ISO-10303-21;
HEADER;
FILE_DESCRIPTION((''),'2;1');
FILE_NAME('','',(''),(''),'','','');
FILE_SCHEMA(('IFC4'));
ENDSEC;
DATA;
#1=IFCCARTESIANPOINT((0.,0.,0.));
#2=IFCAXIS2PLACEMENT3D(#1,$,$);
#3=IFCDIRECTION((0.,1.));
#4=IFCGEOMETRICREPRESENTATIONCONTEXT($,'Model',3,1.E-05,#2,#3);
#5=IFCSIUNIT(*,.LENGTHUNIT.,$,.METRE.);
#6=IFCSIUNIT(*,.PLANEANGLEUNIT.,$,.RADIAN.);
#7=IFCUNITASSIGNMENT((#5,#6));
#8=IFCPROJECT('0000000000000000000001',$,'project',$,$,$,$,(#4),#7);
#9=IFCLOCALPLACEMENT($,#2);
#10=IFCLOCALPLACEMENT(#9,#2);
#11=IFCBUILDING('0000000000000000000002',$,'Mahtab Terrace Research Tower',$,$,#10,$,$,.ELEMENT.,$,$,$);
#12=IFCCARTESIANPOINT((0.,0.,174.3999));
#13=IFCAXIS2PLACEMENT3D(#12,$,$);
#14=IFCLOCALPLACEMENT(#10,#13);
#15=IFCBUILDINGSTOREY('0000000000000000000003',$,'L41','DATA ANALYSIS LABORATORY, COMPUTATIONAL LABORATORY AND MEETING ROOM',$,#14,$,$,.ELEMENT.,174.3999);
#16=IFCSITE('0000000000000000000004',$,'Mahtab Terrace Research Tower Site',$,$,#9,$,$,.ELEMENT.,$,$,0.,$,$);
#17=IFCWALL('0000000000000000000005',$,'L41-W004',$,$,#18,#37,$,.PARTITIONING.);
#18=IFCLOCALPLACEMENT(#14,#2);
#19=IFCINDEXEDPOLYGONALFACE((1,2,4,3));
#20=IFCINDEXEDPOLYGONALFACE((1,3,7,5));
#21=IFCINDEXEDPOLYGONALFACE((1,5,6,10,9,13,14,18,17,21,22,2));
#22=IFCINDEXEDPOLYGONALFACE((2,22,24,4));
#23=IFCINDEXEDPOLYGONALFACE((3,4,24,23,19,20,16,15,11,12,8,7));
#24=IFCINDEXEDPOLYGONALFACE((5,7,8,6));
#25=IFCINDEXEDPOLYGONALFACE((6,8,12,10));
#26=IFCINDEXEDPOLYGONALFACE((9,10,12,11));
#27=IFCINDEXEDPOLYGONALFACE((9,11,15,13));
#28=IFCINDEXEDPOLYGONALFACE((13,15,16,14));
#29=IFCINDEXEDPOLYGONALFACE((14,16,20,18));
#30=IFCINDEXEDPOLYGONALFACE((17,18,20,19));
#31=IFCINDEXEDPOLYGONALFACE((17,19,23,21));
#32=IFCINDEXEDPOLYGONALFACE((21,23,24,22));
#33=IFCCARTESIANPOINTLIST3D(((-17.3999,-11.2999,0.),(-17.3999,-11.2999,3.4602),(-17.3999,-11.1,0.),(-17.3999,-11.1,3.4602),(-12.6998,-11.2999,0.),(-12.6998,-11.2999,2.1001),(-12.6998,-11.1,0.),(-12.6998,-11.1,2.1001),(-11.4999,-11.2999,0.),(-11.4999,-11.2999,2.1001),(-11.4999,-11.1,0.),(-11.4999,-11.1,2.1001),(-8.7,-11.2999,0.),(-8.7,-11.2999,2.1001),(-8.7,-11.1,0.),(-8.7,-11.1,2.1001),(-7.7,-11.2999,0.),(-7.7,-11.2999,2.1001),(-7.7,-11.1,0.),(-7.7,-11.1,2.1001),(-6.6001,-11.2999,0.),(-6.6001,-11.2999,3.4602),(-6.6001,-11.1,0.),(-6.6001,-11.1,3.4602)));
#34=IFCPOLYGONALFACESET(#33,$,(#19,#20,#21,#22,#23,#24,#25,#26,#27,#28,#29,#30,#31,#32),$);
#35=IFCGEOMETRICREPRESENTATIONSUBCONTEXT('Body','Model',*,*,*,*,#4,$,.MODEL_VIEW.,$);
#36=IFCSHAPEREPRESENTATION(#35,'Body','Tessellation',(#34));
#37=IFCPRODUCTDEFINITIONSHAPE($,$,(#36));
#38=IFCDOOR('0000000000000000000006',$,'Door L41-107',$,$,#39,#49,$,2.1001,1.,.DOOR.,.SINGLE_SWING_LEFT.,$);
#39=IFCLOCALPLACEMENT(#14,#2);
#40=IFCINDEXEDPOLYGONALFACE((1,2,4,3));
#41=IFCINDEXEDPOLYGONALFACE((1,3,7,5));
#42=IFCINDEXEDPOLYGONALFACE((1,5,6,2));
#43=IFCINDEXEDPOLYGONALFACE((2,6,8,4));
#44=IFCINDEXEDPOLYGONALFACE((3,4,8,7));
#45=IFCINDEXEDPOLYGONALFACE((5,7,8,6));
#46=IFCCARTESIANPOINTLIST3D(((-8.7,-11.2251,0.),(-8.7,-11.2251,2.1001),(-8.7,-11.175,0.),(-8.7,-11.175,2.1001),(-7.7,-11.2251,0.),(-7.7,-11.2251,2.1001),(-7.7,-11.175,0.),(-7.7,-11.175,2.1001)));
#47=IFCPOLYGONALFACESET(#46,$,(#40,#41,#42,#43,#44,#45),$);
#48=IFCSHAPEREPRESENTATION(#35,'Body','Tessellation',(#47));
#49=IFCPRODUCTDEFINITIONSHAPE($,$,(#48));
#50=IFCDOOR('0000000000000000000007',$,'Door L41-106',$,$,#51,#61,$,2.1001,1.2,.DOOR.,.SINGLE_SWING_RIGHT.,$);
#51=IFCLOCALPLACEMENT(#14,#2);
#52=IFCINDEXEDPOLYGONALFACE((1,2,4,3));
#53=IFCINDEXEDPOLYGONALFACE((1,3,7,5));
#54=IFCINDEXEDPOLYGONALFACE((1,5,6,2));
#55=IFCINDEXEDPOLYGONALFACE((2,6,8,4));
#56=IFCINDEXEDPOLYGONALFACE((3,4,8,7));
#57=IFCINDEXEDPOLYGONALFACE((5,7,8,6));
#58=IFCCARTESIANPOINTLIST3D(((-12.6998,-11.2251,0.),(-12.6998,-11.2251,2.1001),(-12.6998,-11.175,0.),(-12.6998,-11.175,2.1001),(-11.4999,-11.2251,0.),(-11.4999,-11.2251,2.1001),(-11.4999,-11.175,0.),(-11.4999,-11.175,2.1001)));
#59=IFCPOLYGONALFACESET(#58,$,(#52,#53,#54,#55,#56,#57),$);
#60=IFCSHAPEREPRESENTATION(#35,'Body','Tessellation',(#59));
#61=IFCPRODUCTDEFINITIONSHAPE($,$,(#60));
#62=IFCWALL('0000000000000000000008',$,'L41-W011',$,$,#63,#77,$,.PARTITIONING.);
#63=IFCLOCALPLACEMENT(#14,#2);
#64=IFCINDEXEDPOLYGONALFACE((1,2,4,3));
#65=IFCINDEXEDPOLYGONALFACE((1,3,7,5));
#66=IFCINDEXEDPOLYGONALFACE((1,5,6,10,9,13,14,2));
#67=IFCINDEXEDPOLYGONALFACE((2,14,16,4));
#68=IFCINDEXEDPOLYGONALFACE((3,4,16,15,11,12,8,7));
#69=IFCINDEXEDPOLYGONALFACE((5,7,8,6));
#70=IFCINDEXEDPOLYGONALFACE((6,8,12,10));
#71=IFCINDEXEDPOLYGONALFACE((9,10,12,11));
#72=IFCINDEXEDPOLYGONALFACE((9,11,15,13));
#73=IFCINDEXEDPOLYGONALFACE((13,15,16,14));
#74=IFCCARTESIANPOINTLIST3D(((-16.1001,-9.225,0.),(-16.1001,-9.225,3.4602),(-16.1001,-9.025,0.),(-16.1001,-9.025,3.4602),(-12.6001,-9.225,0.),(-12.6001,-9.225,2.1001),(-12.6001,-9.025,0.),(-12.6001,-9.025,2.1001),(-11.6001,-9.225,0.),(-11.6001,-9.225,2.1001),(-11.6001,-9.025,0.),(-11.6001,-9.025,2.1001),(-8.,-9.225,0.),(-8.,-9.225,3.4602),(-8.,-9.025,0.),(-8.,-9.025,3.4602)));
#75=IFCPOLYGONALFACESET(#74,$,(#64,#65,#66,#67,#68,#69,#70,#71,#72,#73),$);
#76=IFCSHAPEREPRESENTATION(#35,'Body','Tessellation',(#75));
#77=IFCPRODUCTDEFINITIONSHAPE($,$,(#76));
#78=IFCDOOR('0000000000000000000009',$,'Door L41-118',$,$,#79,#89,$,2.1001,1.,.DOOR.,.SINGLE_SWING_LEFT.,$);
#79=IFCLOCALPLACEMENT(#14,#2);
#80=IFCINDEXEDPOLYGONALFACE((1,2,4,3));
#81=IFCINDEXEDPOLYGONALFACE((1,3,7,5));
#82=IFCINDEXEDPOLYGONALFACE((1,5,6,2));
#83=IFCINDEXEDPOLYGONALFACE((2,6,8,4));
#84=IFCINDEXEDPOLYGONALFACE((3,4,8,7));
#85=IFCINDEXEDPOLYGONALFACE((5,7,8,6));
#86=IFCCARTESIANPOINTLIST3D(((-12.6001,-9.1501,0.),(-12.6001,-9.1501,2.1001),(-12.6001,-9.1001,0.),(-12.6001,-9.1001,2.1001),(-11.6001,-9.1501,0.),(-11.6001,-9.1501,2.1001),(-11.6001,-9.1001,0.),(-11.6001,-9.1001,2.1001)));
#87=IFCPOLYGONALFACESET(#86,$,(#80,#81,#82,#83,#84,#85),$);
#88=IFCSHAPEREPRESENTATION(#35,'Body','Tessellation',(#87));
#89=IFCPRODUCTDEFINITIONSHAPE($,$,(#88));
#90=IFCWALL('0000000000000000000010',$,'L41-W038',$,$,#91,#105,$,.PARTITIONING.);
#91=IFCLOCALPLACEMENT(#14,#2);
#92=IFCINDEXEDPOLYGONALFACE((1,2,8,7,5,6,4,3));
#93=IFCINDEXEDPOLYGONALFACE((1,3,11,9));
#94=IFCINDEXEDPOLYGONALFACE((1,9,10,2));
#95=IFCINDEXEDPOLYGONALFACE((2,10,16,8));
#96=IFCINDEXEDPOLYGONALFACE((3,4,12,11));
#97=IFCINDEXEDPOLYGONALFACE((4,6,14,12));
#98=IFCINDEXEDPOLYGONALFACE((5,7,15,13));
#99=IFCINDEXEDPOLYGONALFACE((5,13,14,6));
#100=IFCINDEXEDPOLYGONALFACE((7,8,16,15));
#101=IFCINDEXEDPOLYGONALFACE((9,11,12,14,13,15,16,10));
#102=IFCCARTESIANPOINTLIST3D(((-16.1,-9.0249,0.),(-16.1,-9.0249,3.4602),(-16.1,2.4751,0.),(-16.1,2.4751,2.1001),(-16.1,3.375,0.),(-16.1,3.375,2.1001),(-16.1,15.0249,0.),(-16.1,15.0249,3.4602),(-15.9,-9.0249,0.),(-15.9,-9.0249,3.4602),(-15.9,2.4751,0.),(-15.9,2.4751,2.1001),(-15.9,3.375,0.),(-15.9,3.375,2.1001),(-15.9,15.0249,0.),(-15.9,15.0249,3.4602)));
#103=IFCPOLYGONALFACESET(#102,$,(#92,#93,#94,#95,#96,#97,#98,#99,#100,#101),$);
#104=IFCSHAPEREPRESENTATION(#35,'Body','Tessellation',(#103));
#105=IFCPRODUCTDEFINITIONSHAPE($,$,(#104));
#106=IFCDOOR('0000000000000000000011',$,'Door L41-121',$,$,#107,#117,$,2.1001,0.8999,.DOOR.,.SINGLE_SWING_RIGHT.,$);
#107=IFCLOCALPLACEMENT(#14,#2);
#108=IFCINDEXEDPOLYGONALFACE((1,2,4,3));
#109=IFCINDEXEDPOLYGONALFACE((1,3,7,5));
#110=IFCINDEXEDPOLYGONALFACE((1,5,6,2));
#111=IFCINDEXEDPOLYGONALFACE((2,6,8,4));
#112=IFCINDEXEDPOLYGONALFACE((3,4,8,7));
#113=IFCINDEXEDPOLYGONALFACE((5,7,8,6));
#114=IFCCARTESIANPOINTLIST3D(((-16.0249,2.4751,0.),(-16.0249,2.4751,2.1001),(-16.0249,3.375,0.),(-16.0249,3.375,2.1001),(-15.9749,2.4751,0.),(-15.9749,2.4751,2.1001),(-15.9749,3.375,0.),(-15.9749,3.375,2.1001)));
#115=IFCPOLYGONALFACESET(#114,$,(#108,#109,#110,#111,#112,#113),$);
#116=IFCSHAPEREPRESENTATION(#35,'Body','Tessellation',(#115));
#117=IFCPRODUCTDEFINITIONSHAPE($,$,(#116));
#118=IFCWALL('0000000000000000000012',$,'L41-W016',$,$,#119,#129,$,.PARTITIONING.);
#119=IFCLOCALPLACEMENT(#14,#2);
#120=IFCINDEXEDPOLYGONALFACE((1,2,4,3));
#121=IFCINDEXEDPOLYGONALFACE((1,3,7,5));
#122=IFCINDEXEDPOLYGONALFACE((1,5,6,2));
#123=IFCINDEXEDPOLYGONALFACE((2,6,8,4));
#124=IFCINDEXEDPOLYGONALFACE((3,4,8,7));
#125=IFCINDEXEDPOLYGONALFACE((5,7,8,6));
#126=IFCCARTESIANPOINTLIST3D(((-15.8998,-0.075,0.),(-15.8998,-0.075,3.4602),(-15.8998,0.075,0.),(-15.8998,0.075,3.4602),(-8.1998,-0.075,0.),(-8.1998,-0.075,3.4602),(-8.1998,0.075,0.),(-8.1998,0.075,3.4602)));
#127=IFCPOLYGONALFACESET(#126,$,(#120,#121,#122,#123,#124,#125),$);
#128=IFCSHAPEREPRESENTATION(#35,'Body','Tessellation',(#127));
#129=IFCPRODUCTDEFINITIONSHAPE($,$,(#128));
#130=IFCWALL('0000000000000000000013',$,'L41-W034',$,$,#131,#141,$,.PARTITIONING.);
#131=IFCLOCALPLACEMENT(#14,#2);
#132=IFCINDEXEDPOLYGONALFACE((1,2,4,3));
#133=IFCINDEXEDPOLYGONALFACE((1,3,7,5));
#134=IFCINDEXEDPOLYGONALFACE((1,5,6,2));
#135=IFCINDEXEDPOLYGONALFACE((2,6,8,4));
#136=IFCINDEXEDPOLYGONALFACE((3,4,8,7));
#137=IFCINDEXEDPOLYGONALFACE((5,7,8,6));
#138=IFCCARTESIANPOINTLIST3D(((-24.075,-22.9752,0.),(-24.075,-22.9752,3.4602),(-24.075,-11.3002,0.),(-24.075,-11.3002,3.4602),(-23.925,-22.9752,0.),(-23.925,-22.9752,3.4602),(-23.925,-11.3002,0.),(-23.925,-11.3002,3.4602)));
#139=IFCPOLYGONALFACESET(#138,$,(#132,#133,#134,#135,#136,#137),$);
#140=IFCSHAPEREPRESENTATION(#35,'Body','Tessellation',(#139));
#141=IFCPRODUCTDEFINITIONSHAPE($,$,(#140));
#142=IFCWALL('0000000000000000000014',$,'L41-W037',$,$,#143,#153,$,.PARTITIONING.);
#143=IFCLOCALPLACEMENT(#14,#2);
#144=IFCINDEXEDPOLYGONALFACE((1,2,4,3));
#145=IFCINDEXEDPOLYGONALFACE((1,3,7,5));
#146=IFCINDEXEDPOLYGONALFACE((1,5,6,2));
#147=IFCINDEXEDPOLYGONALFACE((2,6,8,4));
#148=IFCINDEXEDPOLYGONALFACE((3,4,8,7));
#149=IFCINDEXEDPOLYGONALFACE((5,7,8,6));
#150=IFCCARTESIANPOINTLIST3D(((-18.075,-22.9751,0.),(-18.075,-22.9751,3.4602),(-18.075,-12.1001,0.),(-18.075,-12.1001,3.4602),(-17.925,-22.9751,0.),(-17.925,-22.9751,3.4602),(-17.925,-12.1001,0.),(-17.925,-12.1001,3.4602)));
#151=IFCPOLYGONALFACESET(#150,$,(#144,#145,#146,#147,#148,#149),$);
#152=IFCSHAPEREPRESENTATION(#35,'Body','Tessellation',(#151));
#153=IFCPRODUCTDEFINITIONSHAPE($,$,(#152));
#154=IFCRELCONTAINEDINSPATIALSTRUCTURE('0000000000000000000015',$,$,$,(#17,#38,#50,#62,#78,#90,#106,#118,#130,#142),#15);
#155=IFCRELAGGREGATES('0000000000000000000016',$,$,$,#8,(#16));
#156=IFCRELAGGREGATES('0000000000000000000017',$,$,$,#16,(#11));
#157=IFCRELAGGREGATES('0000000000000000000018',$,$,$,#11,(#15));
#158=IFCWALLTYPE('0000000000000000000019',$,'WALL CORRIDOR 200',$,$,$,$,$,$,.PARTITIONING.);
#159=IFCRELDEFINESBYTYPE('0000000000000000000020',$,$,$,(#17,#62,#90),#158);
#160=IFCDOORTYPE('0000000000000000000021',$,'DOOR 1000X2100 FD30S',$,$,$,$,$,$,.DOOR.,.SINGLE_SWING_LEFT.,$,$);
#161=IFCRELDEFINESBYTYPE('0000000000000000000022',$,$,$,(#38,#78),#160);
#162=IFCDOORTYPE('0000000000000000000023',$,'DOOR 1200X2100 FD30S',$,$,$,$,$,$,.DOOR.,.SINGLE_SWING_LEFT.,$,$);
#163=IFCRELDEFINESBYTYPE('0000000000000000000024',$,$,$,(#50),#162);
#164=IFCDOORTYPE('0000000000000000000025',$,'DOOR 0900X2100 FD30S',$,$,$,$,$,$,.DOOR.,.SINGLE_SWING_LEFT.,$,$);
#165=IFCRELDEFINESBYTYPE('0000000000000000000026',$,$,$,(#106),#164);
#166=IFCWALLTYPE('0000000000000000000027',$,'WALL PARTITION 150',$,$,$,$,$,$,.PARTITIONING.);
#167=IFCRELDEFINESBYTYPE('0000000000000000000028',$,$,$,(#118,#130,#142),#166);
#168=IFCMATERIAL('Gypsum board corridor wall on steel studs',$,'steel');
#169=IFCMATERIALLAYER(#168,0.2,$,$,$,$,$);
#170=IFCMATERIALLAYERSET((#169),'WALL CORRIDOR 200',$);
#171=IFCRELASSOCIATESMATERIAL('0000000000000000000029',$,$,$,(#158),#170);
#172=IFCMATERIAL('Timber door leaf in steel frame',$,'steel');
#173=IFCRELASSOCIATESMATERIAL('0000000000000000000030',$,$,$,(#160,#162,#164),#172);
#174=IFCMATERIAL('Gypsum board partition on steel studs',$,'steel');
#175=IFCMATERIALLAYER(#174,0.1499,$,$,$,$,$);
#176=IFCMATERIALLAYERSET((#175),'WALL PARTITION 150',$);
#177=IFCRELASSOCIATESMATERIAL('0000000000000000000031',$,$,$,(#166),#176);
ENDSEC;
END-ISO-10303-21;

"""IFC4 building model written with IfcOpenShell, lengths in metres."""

from ifc_helpers import new_model, si_unit, direction, frame, frame_2d, origin, place, context, subcontext, project, spatial, rectangle, extrude, material, layer, layer_set, type_object, element, fill, save


model = new_model("IFC4")

# Units and contexts
model_context = context("Model", 3, precision=1e-05, world=origin(), true_north=direction((0.0, 1.0)))
body_context = subcontext(model_context, "Body", "Model", "MODEL_VIEW")
ifc_project = project(units=[si_unit("LENGTHUNIT", "METRE"), si_unit("PLANEANGLEUNIT", "RADIAN")], contexts=[model_context])

# Site, building, storey
site_placement = place(None, origin())
site = spatial("IfcSite", under=ifc_project, at=site_placement, Name="Mahtab Terrace Research Tower Site", CompositionType="ELEMENT", RefElevation=0.0)
building_placement = place(site_placement, origin())
building = spatial("IfcBuilding", under=site, at=building_placement, Name="Mahtab Terrace Research Tower", CompositionType="ELEMENT")
storey_placement = place(building_placement, frame((0.0, 0.0, 174.3999)))
storey = spatial("IfcBuildingStorey", under=building, at=storey_placement, Name="L41", Description="DATA ANALYSIS LABORATORY, COMPUTATIONAL LABORATORY AND MEETING ROOM", CompositionType="ELEMENT", Elevation=174.3999)

# Wall, openings, doors
ifc_material_1 = material(Name="Gypsum board corridor wall on steel studs", Category="steel")
ifc_layer_1 = layer(ifc_material_1, 0.2)
ifc_layer_set_1 = layer_set([ifc_layer_1], Name="WALL CORRIDOR 200")
wall_type_1 = type_object("IfcWallType", Name="WALL CORRIDOR 200", PredefinedType="PARTITIONING", material=ifc_layer_set_1)
wall_1_placement = place(storey_placement, frame((-17.3999, -11.2, 0.0), z_axis=(0.0, 0.0, 1.0), x_axis=(1.0, 0.0, 0.0)))
wall_1 = element("IfcWall", 1, at=wall_1_placement, inside=storey, type_object=wall_type_1, Name="L41-W004", PredefinedType="PARTITIONING", context=body_context, shape_type="SweptSolid", body=[
    extrude(rectangle(XDim=10.7998, YDim=0.2, at=frame_2d((5.3999, 0.0))), origin(), (0.0, 0.0, 1.0), 3.4602),
])
opening_1_placement = place(wall_1_placement, frame((4.7, 0.0, 0.0)))
opening_1 = element("IfcOpeningElement", 2, at=opening_1_placement, cuts=wall_1, PredefinedType="OPENING", context=body_context, shape_type="SweptSolid", body=[
    extrude(rectangle(XDim=1.2, YDim=2.1001, at=frame_2d((0.6001, 1.05))), frame((0.0, 0.1099, 0.0), z_axis=(0.0, -1.0, 0.0), x_axis=(1.0, 0.0, 0.0)), (0.0, 0.0, 1.0), 0.22),
])
opening_2_placement = place(wall_1_placement, frame((8.7, 0.0, 0.0)))
opening_2 = element("IfcOpeningElement", 3, at=opening_2_placement, cuts=wall_1, PredefinedType="OPENING", context=body_context, shape_type="SweptSolid", body=[
    extrude(rectangle(XDim=1.0, YDim=2.1001, at=frame_2d((0.5, 1.05))), frame((0.0, 0.1099, 0.0), z_axis=(0.0, -1.0, 0.0), x_axis=(1.0, 0.0, 0.0)), (0.0, 0.0, 1.0), 0.22),
])
ifc_material_2 = material(Name="Timber door leaf in steel frame", Category="steel")
door_type_1 = type_object("IfcDoorType", Name="DOOR 1000X2100 FD30S", OperationType="SINGLE_SWING_LEFT", PredefinedType="DOOR", material=ifc_material_2)
door_1_placement = place(opening_2_placement, origin())
door_1 = element("IfcDoor", 4, at=door_1_placement, inside=storey, type_object=door_type_1, Name="Door L41-107", OperationType="SINGLE_SWING_LEFT", OverallHeight=2.1001, OverallWidth=1.0, PredefinedType="DOOR", context=body_context, shape_type="SweptSolid", body=[
    extrude(rectangle(XDim=1.0, YDim=2.1001, at=frame_2d((0.5, 1.05))), frame((0.0, 0.0249, 0.0), z_axis=(0.0, -1.0, 0.0), x_axis=(1.0, 0.0, 0.0)), (0.0, 0.0, 1.0), 0.05),
])
fill(opening_2, door_1)
door_type_2 = type_object("IfcDoorType", Name="DOOR 1200X2100 FD30S", OperationType="SINGLE_SWING_LEFT", PredefinedType="DOOR", material=ifc_material_2)
door_2_placement = place(opening_1_placement, origin())
door_2 = element("IfcDoor", 5, at=door_2_placement, inside=storey, type_object=door_type_2, Name="Door L41-106", OperationType="SINGLE_SWING_RIGHT", OverallHeight=2.1001, OverallWidth=1.2, PredefinedType="DOOR", context=body_context, shape_type="SweptSolid", body=[
    extrude(rectangle(XDim=1.2, YDim=2.1001, at=frame_2d((0.6001, 1.05))), frame((0.0, 0.0249, 0.0), z_axis=(0.0, -1.0, 0.0), x_axis=(1.0, 0.0, 0.0)), (0.0, 0.0, 1.0), 0.05),
])
fill(opening_1, door_2)

# Walls, openings, doors
wall_2_placement = place(storey_placement, frame((-16.1001, -9.125, 0.0), z_axis=(0.0, 0.0, 1.0), x_axis=(1.0, 0.0, 0.0)))
wall_2 = element("IfcWall", 6, at=wall_2_placement, inside=storey, type_object=wall_type_1, Name="L41-W011", PredefinedType="PARTITIONING", context=body_context, shape_type="SweptSolid", body=[
    extrude(rectangle(XDim=8.1001, YDim=0.2, at=frame_2d((4.05, 0.0))), origin(), (0.0, 0.0, 1.0), 3.4602),
])
opening_3_placement = place(wall_2_placement, frame((3.5, 0.0, 0.0)))
opening_3 = element("IfcOpeningElement", 7, at=opening_3_placement, cuts=wall_2, PredefinedType="OPENING", context=body_context, shape_type="SweptSolid", body=[
    extrude(rectangle(XDim=1.0, YDim=2.1001, at=frame_2d((0.5, 1.05))), frame((0.0, 0.1099, 0.0), z_axis=(0.0, -1.0, 0.0), x_axis=(1.0, 0.0, 0.0)), (0.0, 0.0, 1.0), 0.22),
])
door_3_placement = place(opening_3_placement, origin())
door_3 = element("IfcDoor", 8, at=door_3_placement, inside=storey, type_object=door_type_1, Name="Door L41-118", OperationType="SINGLE_SWING_LEFT", OverallHeight=2.1001, OverallWidth=1.0, PredefinedType="DOOR", context=body_context, shape_type="SweptSolid", body=[
    extrude(rectangle(XDim=1.0, YDim=2.1001, at=frame_2d((0.5, 1.05))), frame((0.0, 0.0249, 0.0), z_axis=(0.0, -1.0, 0.0), x_axis=(1.0, 0.0, 0.0)), (0.0, 0.0, 1.0), 0.05),
])
fill(opening_3, door_3)
wall_3_placement = place(storey_placement, frame((-16.0, -9.0249, 0.0), z_axis=(0.0, 0.0, 1.0), x_axis=(0.0, 1.0, 0.0)))
wall_3 = element("IfcWall", 9, at=wall_3_placement, inside=storey, type_object=wall_type_1, Name="L41-W038", PredefinedType="PARTITIONING", context=body_context, shape_type="SweptSolid", body=[
    extrude(rectangle(XDim=24.0498, YDim=0.2, at=frame_2d((12.0249, 0.0))), origin(), (0.0, 0.0, 1.0), 3.4602),
])
opening_4_placement = place(wall_3_placement, frame((11.5, 0.0, 0.0)))
opening_4 = element("IfcOpeningElement", 10, at=opening_4_placement, cuts=wall_3, PredefinedType="OPENING", context=body_context, shape_type="SweptSolid", body=[
    extrude(rectangle(XDim=0.8999, YDim=2.1001, at=frame_2d((0.45, 1.05))), frame((0.0, 0.1099, 0.0), z_axis=(0.0, -1.0, 0.0), x_axis=(1.0, 0.0, 0.0)), (0.0, 0.0, 1.0), 0.22),
])
door_type_3 = type_object("IfcDoorType", Name="DOOR 0900X2100 FD30S", OperationType="SINGLE_SWING_LEFT", PredefinedType="DOOR", material=ifc_material_2)
door_4_placement = place(opening_4_placement, origin())
door_4 = element("IfcDoor", 11, at=door_4_placement, inside=storey, type_object=door_type_3, Name="Door L41-121", OperationType="SINGLE_SWING_RIGHT", OverallHeight=2.1001, OverallWidth=0.8999, PredefinedType="DOOR", context=body_context, shape_type="SweptSolid", body=[
    extrude(rectangle(XDim=0.8999, YDim=2.1001, at=frame_2d((0.45, 1.05))), frame((0.0, 0.0249, 0.0), z_axis=(0.0, -1.0, 0.0), x_axis=(1.0, 0.0, 0.0)), (0.0, 0.0, 1.0), 0.05),
])
fill(opening_4, door_4)

# Walls
ifc_material_3 = material(Name="Gypsum board partition on steel studs", Category="steel")
ifc_layer_2 = layer(ifc_material_3, 0.1499)
ifc_layer_set_2 = layer_set([ifc_layer_2], Name="WALL PARTITION 150")
wall_type_2 = type_object("IfcWallType", Name="WALL PARTITION 150", PredefinedType="PARTITIONING", material=ifc_layer_set_2)
wall_4_placement = place(storey_placement, frame((-15.8999, 0.0, 0.0), z_axis=(0.0, 0.0, 1.0), x_axis=(1.0, 0.0, 0.0)))
element("IfcWall", 12, at=wall_4_placement, inside=storey, type_object=wall_type_2, Name="L41-W016", PredefinedType="PARTITIONING", context=body_context, shape_type="SweptSolid", body=[
    extrude(rectangle(XDim=7.7, YDim=0.1499, at=frame_2d((3.8501, 0.0))), origin(), (0.0, 0.0, 1.0), 3.4602),
])
wall_5_placement = place(storey_placement, frame((-24.0, -22.9751, 0.0), z_axis=(0.0, 0.0, 1.0), x_axis=(0.0, 1.0, 0.0)))
element("IfcWall", 13, at=wall_5_placement, inside=storey, type_object=wall_type_2, Name="L41-W034", PredefinedType="PARTITIONING", context=body_context, shape_type="SweptSolid", body=[
    extrude(rectangle(XDim=11.675, YDim=0.1499, at=frame_2d((5.8374, 0.0))), origin(), (0.0, 0.0, 1.0), 3.4602),
])
wall_6_placement = place(storey_placement, frame((-18.0, -22.9751, 0.0), z_axis=(0.0, 0.0, 1.0), x_axis=(0.0, 1.0, 0.0)))
element("IfcWall", 14, at=wall_6_placement, inside=storey, type_object=wall_type_2, Name="L41-W037", PredefinedType="PARTITIONING", context=body_context, shape_type="SweptSolid", body=[
    extrude(rectangle(XDim=10.875, YDim=0.1499, at=frame_2d((5.4375, 0.0))), origin(), (0.0, 0.0, 1.0), 3.4602),
])

save(model, "model.ifc")
